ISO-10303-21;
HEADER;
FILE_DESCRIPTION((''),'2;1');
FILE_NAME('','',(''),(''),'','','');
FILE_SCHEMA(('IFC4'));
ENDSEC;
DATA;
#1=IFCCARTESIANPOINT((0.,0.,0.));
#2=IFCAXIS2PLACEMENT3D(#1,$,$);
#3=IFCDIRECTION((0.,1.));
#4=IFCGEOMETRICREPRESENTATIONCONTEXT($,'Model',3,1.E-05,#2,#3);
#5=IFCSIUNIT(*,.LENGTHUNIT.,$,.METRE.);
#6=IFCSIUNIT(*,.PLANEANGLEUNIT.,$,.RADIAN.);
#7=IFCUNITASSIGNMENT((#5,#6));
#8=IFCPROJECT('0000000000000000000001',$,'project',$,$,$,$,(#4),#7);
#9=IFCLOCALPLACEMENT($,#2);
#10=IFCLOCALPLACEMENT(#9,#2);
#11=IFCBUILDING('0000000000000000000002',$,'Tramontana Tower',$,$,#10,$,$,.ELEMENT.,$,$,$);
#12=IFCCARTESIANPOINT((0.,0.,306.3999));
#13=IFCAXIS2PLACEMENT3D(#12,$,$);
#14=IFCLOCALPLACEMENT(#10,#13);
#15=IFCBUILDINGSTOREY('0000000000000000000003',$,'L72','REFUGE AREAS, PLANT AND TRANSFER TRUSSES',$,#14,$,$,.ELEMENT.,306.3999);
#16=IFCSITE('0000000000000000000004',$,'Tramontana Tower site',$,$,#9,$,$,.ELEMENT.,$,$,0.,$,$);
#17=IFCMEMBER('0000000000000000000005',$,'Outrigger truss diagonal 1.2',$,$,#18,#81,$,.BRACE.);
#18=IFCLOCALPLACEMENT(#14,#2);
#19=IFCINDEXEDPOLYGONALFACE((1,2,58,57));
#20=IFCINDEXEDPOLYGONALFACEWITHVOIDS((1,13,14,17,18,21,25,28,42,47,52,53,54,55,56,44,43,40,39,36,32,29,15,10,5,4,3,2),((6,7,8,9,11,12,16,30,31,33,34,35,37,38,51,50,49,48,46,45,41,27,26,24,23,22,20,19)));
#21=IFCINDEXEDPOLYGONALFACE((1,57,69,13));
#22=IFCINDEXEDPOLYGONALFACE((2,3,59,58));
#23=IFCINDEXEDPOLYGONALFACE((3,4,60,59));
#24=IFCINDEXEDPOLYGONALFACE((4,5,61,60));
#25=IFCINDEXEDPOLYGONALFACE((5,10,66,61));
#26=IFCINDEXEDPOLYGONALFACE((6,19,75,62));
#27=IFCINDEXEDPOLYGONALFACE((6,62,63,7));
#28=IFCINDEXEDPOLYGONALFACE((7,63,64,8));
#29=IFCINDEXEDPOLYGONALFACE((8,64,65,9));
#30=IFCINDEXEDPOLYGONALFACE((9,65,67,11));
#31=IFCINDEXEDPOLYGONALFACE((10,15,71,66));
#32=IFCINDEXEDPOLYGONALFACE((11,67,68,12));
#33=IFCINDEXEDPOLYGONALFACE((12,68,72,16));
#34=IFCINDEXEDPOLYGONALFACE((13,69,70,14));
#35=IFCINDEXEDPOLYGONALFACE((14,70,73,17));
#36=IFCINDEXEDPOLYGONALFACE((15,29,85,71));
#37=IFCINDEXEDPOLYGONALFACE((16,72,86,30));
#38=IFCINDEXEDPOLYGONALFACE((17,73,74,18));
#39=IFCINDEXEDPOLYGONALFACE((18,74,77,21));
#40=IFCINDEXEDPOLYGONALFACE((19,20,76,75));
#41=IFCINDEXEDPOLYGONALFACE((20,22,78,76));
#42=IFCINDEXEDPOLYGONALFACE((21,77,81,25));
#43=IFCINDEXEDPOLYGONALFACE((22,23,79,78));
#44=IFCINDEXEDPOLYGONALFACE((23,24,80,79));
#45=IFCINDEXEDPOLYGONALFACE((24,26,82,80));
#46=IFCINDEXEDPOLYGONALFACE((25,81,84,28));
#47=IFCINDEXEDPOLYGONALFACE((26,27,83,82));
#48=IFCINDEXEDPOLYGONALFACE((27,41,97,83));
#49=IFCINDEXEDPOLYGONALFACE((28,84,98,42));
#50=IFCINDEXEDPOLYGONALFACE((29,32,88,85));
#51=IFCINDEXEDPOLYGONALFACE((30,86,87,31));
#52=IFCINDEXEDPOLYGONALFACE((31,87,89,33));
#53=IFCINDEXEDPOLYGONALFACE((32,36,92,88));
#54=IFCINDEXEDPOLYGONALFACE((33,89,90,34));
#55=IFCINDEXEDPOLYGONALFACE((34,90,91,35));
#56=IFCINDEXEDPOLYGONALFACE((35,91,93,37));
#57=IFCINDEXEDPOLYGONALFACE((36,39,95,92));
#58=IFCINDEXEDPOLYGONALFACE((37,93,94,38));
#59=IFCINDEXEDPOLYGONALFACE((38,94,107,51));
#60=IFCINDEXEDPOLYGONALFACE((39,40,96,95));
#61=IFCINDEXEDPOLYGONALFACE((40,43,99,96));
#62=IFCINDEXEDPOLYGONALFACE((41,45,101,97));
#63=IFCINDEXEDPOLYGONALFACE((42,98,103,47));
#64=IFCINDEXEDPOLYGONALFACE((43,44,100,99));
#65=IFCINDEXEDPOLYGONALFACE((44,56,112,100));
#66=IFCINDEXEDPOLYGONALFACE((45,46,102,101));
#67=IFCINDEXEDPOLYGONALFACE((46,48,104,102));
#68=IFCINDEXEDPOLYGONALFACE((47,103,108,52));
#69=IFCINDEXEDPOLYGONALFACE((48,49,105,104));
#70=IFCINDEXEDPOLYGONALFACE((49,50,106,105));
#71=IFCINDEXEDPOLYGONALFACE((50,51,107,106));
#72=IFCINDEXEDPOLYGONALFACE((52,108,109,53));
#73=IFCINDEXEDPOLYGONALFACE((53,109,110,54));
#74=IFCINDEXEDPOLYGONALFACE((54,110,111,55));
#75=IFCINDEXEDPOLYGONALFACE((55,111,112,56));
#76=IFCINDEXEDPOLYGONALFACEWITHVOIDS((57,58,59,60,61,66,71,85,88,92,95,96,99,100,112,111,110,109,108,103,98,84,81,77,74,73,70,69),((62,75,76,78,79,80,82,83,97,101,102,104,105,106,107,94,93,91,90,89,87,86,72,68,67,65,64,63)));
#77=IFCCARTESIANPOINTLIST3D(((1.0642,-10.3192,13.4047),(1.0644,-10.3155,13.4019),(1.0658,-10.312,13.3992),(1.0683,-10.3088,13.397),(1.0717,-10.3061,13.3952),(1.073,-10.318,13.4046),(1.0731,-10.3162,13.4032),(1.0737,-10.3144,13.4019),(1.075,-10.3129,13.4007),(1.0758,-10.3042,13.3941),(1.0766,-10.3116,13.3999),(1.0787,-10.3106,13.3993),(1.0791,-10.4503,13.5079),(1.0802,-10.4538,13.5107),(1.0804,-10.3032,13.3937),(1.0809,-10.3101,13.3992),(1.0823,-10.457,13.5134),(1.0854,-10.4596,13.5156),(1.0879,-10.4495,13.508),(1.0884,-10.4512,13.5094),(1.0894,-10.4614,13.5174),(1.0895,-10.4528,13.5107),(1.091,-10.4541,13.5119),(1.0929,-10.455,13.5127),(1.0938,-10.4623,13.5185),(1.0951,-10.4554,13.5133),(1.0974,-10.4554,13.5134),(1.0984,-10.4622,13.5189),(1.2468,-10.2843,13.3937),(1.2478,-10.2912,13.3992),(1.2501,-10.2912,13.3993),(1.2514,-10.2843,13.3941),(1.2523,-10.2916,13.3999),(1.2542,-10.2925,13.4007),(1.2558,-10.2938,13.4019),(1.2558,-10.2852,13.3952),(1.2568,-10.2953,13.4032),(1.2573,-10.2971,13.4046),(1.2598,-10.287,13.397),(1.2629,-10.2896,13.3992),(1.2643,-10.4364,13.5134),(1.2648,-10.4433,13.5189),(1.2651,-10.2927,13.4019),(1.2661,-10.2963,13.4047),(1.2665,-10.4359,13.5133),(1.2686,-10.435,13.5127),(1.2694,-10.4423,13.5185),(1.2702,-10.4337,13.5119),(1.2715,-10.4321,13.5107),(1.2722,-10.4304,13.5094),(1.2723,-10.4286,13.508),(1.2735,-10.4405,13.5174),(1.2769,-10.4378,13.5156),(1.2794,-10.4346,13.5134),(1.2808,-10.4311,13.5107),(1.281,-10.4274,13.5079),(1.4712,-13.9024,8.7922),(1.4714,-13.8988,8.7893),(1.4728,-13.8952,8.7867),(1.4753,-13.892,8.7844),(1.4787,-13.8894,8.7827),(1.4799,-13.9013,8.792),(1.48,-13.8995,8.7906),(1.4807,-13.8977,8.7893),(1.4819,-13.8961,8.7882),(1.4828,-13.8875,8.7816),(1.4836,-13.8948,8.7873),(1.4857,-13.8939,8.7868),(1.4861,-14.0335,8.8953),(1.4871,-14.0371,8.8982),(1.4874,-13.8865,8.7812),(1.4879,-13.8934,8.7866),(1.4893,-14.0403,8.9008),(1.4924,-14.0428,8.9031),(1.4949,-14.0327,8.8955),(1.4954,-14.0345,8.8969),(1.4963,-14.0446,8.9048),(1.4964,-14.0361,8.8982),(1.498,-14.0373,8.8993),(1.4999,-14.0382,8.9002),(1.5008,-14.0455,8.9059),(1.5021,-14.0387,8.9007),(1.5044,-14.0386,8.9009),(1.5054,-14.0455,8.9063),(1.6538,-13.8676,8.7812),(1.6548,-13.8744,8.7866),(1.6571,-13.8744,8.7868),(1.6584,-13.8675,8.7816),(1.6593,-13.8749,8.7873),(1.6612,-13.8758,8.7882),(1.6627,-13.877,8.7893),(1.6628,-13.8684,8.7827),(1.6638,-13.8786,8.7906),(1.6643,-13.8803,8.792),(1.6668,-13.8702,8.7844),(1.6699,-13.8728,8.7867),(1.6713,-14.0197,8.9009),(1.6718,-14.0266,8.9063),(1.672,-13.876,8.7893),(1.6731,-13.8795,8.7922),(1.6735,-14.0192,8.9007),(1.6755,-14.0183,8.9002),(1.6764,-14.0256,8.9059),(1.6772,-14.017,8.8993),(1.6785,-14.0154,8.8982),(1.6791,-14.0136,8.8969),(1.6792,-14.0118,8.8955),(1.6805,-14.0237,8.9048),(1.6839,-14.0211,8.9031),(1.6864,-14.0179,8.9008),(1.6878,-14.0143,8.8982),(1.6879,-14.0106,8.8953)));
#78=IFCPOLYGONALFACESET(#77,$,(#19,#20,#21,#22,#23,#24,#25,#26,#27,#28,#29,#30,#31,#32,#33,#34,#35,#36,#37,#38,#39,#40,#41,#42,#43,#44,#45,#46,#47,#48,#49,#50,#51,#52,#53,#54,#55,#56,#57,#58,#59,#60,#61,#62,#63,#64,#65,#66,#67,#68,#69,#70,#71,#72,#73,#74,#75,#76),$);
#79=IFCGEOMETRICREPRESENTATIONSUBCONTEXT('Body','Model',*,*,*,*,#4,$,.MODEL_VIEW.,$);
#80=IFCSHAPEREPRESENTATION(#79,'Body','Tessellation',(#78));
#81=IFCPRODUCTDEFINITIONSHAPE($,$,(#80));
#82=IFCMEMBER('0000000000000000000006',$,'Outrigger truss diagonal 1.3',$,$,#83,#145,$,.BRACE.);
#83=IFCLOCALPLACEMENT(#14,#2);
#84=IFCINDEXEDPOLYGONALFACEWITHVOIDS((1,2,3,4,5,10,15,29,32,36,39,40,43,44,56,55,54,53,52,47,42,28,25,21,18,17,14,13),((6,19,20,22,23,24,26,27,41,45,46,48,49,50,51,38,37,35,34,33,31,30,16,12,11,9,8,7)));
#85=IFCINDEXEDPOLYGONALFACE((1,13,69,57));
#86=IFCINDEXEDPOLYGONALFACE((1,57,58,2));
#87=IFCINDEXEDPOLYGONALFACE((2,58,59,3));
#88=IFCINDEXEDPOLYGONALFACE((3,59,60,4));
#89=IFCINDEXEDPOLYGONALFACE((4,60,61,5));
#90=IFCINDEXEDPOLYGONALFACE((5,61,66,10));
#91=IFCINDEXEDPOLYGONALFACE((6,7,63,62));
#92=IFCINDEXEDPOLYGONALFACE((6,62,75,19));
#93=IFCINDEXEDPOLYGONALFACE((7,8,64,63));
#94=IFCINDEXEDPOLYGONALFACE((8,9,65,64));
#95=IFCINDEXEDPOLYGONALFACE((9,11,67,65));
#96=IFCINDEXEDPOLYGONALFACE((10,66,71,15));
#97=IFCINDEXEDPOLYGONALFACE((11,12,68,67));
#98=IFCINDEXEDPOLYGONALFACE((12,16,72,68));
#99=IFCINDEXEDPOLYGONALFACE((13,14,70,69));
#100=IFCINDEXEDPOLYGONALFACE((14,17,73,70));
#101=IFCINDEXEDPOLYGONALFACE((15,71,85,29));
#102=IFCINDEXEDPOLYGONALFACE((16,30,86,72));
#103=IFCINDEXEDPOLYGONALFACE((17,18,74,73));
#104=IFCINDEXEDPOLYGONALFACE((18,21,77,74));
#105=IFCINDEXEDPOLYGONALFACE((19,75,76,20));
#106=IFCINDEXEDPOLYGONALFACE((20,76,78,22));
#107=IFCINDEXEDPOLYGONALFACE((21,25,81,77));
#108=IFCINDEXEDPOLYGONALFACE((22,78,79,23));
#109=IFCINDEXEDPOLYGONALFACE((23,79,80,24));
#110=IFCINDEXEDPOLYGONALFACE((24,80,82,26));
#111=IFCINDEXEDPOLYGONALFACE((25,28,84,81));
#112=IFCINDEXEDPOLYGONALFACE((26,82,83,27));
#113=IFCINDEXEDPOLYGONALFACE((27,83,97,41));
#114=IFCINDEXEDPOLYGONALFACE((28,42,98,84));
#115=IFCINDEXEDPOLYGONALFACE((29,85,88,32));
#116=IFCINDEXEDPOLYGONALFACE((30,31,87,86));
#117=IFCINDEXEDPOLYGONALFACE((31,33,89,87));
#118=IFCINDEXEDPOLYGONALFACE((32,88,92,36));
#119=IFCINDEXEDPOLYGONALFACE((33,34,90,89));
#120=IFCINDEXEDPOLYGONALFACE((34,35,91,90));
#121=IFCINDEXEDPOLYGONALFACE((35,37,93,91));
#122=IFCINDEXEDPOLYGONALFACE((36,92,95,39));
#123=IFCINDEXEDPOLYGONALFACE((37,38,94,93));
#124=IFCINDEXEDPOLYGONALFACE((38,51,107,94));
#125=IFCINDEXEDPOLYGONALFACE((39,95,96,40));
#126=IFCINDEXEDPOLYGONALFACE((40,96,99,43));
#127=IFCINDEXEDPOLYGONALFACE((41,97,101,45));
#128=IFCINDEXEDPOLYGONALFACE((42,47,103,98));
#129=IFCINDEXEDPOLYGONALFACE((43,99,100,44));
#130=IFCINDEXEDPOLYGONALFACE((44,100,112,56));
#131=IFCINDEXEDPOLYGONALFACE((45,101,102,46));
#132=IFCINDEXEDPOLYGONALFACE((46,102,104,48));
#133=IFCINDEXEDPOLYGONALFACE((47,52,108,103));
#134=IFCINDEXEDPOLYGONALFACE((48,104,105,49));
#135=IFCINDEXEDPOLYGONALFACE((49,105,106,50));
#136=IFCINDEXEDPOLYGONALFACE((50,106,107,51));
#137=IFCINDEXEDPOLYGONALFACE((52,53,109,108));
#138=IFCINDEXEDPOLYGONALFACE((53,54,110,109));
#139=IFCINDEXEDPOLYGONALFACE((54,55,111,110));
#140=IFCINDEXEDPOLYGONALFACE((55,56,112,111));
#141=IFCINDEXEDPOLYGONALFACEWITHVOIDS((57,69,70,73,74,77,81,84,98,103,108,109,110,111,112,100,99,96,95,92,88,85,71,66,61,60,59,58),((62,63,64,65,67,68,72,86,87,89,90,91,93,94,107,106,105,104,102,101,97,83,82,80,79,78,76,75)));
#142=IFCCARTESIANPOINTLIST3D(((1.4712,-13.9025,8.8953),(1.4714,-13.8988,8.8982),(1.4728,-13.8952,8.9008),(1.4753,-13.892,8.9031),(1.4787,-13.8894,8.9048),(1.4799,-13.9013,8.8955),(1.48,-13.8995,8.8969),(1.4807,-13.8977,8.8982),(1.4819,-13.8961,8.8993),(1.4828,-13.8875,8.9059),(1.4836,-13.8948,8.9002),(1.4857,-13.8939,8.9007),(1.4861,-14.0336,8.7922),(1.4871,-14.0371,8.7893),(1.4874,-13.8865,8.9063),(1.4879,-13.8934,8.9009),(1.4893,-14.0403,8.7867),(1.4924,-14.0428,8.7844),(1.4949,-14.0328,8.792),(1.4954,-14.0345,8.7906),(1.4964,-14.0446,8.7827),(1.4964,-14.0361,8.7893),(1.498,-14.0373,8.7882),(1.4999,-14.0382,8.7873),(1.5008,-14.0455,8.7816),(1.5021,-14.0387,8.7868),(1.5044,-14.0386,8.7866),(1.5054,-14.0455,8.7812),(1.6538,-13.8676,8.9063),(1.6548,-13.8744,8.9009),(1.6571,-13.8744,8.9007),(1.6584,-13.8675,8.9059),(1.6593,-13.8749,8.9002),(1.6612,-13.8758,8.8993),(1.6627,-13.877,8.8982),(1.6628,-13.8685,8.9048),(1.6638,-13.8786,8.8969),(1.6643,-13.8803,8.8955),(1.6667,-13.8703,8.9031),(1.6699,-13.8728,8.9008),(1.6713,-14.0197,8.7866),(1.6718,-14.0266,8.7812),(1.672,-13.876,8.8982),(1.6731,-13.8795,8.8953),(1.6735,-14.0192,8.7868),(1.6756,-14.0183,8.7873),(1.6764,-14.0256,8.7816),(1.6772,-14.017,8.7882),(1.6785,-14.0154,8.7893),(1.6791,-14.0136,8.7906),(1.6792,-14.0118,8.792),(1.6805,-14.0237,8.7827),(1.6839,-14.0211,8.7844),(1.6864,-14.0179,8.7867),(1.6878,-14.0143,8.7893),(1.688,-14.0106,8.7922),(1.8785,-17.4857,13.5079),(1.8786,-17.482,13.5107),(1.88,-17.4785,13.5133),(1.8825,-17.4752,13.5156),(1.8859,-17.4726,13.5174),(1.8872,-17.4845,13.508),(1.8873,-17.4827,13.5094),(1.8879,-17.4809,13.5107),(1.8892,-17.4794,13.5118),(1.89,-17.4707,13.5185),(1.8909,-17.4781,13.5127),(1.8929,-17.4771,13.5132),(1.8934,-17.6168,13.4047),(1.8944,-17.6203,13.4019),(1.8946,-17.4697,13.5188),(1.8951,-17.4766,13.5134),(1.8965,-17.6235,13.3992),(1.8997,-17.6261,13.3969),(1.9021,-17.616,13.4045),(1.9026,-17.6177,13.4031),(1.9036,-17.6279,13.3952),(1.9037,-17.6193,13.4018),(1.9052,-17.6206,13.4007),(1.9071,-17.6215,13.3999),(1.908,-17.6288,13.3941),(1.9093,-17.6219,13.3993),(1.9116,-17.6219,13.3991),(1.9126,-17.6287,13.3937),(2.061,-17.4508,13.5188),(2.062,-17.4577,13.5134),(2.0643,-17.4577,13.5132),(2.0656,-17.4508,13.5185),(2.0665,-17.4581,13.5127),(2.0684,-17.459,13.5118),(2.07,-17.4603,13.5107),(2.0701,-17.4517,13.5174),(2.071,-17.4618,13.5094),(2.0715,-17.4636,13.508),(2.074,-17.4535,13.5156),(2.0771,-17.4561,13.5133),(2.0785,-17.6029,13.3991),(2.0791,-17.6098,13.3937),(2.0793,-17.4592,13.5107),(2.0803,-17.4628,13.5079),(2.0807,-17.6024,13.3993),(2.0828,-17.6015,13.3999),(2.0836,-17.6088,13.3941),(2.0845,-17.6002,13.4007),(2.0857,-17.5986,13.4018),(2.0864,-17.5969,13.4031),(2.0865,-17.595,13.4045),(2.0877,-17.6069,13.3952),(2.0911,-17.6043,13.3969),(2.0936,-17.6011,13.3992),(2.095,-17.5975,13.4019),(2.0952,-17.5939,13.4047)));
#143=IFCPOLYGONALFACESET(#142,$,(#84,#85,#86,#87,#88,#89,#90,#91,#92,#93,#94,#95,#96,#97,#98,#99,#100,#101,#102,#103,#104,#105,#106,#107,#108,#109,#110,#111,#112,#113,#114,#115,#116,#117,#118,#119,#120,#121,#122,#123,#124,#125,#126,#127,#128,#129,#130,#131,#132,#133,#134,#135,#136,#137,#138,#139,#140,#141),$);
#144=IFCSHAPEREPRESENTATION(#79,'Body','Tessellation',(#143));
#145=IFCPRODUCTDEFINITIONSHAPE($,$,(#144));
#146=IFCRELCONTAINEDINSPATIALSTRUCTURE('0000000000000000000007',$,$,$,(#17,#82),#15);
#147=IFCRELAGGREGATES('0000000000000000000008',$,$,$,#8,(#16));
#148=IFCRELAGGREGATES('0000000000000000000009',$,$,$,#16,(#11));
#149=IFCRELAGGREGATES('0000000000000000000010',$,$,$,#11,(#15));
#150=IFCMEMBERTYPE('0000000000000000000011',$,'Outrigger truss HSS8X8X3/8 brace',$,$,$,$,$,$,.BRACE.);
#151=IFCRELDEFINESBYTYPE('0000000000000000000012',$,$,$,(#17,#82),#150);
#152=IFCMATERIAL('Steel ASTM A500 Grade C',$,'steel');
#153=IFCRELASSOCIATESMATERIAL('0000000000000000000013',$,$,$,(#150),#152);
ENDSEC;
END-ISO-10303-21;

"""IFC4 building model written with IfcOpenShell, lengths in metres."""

from ifc_helpers import new_model, si_unit, direction, frame, origin, origin_2d, place, context, subcontext, project, spatial, hollow_rectangle, extrude, material, material_profile, profile_set, type_object, element, save


model = new_model("IFC4")

# Units and contexts
model_context = context("Model", 3, precision=1e-05, world=origin(), true_north=direction((0.0, 1.0)))
body_context = subcontext(model_context, "Body", "Model", "MODEL_VIEW")
ifc_project = project(units=[si_unit("LENGTHUNIT", "METRE"), si_unit("PLANEANGLEUNIT", "RADIAN")], contexts=[model_context])

# Site, building, storey
site_placement = place(None, origin())
site = spatial("IfcSite", under=ifc_project, at=site_placement, Name="Tramontana Tower site", CompositionType="ELEMENT", RefElevation=0.0)
building_placement = place(site_placement, origin())
building = spatial("IfcBuilding", under=site, at=building_placement, Name="Tramontana Tower", CompositionType="ELEMENT")
storey_placement = place(building_placement, frame((0.0, 0.0, 306.3999)))
storey = spatial("IfcBuildingStorey", under=building, at=storey_placement, Name="L72", Description="REFUGE AREAS, PLANT AND TRANSFER TRUSSES", CompositionType="ELEMENT", Elevation=306.3999)

# Members
ifc_material_1 = material(Name="Steel ASTM A500 Grade C", Category="steel")
ifc_material_profile_1 = material_profile(ifc_material_1, hollow_rectangle(XDim=0.2031, YDim=0.2031, WallThickness=0.0088, InnerFilletRadius=0.0088, OuterFilletRadius=0.0178, at=origin_2d()), Name="HSS8X8X3/8")
ifc_profile_set_1 = profile_set([ifc_material_profile_1], Name="Steel ASTM A500 Grade C")
member_type_1 = type_object("IfcMemberType", Name="Outrigger truss HSS8X8X3/8 brace", PredefinedType="BRACE", material=ifc_profile_set_1)
for number, where, z_axis, x_axis, name in (
    (1, (1.1726, -10.3733, 13.4563), (0.06951, -0.611999, -0.787798), (0.993612, 0.112853, 0.0), "Outrigger truss diagonal 1.2"),
    (2, (1.5796, -13.9565, 8.8438), (0.069552, -0.611998, 0.787795), (0.993604, 0.11292, 0.0), "Outrigger truss diagonal 1.3"),
):
    element("IfcMember", number, at=place(storey_placement, frame(where, z_axis=z_axis, x_axis=x_axis)), inside=storey, type_object=member_type_1, Name=name, PredefinedType="BRACE", context=body_context, shape_type="SweptSolid", body=[
        extrude(hollow_rectangle(XDim=0.2031, YDim=0.2031, WallThickness=0.0088, InnerFilletRadius=0.0088, OuterFilletRadius=0.0178, at=origin_2d()), origin(), (0.0, 0.0, 1.0), 5.855),
    ])

save(model, "model.ifc")
